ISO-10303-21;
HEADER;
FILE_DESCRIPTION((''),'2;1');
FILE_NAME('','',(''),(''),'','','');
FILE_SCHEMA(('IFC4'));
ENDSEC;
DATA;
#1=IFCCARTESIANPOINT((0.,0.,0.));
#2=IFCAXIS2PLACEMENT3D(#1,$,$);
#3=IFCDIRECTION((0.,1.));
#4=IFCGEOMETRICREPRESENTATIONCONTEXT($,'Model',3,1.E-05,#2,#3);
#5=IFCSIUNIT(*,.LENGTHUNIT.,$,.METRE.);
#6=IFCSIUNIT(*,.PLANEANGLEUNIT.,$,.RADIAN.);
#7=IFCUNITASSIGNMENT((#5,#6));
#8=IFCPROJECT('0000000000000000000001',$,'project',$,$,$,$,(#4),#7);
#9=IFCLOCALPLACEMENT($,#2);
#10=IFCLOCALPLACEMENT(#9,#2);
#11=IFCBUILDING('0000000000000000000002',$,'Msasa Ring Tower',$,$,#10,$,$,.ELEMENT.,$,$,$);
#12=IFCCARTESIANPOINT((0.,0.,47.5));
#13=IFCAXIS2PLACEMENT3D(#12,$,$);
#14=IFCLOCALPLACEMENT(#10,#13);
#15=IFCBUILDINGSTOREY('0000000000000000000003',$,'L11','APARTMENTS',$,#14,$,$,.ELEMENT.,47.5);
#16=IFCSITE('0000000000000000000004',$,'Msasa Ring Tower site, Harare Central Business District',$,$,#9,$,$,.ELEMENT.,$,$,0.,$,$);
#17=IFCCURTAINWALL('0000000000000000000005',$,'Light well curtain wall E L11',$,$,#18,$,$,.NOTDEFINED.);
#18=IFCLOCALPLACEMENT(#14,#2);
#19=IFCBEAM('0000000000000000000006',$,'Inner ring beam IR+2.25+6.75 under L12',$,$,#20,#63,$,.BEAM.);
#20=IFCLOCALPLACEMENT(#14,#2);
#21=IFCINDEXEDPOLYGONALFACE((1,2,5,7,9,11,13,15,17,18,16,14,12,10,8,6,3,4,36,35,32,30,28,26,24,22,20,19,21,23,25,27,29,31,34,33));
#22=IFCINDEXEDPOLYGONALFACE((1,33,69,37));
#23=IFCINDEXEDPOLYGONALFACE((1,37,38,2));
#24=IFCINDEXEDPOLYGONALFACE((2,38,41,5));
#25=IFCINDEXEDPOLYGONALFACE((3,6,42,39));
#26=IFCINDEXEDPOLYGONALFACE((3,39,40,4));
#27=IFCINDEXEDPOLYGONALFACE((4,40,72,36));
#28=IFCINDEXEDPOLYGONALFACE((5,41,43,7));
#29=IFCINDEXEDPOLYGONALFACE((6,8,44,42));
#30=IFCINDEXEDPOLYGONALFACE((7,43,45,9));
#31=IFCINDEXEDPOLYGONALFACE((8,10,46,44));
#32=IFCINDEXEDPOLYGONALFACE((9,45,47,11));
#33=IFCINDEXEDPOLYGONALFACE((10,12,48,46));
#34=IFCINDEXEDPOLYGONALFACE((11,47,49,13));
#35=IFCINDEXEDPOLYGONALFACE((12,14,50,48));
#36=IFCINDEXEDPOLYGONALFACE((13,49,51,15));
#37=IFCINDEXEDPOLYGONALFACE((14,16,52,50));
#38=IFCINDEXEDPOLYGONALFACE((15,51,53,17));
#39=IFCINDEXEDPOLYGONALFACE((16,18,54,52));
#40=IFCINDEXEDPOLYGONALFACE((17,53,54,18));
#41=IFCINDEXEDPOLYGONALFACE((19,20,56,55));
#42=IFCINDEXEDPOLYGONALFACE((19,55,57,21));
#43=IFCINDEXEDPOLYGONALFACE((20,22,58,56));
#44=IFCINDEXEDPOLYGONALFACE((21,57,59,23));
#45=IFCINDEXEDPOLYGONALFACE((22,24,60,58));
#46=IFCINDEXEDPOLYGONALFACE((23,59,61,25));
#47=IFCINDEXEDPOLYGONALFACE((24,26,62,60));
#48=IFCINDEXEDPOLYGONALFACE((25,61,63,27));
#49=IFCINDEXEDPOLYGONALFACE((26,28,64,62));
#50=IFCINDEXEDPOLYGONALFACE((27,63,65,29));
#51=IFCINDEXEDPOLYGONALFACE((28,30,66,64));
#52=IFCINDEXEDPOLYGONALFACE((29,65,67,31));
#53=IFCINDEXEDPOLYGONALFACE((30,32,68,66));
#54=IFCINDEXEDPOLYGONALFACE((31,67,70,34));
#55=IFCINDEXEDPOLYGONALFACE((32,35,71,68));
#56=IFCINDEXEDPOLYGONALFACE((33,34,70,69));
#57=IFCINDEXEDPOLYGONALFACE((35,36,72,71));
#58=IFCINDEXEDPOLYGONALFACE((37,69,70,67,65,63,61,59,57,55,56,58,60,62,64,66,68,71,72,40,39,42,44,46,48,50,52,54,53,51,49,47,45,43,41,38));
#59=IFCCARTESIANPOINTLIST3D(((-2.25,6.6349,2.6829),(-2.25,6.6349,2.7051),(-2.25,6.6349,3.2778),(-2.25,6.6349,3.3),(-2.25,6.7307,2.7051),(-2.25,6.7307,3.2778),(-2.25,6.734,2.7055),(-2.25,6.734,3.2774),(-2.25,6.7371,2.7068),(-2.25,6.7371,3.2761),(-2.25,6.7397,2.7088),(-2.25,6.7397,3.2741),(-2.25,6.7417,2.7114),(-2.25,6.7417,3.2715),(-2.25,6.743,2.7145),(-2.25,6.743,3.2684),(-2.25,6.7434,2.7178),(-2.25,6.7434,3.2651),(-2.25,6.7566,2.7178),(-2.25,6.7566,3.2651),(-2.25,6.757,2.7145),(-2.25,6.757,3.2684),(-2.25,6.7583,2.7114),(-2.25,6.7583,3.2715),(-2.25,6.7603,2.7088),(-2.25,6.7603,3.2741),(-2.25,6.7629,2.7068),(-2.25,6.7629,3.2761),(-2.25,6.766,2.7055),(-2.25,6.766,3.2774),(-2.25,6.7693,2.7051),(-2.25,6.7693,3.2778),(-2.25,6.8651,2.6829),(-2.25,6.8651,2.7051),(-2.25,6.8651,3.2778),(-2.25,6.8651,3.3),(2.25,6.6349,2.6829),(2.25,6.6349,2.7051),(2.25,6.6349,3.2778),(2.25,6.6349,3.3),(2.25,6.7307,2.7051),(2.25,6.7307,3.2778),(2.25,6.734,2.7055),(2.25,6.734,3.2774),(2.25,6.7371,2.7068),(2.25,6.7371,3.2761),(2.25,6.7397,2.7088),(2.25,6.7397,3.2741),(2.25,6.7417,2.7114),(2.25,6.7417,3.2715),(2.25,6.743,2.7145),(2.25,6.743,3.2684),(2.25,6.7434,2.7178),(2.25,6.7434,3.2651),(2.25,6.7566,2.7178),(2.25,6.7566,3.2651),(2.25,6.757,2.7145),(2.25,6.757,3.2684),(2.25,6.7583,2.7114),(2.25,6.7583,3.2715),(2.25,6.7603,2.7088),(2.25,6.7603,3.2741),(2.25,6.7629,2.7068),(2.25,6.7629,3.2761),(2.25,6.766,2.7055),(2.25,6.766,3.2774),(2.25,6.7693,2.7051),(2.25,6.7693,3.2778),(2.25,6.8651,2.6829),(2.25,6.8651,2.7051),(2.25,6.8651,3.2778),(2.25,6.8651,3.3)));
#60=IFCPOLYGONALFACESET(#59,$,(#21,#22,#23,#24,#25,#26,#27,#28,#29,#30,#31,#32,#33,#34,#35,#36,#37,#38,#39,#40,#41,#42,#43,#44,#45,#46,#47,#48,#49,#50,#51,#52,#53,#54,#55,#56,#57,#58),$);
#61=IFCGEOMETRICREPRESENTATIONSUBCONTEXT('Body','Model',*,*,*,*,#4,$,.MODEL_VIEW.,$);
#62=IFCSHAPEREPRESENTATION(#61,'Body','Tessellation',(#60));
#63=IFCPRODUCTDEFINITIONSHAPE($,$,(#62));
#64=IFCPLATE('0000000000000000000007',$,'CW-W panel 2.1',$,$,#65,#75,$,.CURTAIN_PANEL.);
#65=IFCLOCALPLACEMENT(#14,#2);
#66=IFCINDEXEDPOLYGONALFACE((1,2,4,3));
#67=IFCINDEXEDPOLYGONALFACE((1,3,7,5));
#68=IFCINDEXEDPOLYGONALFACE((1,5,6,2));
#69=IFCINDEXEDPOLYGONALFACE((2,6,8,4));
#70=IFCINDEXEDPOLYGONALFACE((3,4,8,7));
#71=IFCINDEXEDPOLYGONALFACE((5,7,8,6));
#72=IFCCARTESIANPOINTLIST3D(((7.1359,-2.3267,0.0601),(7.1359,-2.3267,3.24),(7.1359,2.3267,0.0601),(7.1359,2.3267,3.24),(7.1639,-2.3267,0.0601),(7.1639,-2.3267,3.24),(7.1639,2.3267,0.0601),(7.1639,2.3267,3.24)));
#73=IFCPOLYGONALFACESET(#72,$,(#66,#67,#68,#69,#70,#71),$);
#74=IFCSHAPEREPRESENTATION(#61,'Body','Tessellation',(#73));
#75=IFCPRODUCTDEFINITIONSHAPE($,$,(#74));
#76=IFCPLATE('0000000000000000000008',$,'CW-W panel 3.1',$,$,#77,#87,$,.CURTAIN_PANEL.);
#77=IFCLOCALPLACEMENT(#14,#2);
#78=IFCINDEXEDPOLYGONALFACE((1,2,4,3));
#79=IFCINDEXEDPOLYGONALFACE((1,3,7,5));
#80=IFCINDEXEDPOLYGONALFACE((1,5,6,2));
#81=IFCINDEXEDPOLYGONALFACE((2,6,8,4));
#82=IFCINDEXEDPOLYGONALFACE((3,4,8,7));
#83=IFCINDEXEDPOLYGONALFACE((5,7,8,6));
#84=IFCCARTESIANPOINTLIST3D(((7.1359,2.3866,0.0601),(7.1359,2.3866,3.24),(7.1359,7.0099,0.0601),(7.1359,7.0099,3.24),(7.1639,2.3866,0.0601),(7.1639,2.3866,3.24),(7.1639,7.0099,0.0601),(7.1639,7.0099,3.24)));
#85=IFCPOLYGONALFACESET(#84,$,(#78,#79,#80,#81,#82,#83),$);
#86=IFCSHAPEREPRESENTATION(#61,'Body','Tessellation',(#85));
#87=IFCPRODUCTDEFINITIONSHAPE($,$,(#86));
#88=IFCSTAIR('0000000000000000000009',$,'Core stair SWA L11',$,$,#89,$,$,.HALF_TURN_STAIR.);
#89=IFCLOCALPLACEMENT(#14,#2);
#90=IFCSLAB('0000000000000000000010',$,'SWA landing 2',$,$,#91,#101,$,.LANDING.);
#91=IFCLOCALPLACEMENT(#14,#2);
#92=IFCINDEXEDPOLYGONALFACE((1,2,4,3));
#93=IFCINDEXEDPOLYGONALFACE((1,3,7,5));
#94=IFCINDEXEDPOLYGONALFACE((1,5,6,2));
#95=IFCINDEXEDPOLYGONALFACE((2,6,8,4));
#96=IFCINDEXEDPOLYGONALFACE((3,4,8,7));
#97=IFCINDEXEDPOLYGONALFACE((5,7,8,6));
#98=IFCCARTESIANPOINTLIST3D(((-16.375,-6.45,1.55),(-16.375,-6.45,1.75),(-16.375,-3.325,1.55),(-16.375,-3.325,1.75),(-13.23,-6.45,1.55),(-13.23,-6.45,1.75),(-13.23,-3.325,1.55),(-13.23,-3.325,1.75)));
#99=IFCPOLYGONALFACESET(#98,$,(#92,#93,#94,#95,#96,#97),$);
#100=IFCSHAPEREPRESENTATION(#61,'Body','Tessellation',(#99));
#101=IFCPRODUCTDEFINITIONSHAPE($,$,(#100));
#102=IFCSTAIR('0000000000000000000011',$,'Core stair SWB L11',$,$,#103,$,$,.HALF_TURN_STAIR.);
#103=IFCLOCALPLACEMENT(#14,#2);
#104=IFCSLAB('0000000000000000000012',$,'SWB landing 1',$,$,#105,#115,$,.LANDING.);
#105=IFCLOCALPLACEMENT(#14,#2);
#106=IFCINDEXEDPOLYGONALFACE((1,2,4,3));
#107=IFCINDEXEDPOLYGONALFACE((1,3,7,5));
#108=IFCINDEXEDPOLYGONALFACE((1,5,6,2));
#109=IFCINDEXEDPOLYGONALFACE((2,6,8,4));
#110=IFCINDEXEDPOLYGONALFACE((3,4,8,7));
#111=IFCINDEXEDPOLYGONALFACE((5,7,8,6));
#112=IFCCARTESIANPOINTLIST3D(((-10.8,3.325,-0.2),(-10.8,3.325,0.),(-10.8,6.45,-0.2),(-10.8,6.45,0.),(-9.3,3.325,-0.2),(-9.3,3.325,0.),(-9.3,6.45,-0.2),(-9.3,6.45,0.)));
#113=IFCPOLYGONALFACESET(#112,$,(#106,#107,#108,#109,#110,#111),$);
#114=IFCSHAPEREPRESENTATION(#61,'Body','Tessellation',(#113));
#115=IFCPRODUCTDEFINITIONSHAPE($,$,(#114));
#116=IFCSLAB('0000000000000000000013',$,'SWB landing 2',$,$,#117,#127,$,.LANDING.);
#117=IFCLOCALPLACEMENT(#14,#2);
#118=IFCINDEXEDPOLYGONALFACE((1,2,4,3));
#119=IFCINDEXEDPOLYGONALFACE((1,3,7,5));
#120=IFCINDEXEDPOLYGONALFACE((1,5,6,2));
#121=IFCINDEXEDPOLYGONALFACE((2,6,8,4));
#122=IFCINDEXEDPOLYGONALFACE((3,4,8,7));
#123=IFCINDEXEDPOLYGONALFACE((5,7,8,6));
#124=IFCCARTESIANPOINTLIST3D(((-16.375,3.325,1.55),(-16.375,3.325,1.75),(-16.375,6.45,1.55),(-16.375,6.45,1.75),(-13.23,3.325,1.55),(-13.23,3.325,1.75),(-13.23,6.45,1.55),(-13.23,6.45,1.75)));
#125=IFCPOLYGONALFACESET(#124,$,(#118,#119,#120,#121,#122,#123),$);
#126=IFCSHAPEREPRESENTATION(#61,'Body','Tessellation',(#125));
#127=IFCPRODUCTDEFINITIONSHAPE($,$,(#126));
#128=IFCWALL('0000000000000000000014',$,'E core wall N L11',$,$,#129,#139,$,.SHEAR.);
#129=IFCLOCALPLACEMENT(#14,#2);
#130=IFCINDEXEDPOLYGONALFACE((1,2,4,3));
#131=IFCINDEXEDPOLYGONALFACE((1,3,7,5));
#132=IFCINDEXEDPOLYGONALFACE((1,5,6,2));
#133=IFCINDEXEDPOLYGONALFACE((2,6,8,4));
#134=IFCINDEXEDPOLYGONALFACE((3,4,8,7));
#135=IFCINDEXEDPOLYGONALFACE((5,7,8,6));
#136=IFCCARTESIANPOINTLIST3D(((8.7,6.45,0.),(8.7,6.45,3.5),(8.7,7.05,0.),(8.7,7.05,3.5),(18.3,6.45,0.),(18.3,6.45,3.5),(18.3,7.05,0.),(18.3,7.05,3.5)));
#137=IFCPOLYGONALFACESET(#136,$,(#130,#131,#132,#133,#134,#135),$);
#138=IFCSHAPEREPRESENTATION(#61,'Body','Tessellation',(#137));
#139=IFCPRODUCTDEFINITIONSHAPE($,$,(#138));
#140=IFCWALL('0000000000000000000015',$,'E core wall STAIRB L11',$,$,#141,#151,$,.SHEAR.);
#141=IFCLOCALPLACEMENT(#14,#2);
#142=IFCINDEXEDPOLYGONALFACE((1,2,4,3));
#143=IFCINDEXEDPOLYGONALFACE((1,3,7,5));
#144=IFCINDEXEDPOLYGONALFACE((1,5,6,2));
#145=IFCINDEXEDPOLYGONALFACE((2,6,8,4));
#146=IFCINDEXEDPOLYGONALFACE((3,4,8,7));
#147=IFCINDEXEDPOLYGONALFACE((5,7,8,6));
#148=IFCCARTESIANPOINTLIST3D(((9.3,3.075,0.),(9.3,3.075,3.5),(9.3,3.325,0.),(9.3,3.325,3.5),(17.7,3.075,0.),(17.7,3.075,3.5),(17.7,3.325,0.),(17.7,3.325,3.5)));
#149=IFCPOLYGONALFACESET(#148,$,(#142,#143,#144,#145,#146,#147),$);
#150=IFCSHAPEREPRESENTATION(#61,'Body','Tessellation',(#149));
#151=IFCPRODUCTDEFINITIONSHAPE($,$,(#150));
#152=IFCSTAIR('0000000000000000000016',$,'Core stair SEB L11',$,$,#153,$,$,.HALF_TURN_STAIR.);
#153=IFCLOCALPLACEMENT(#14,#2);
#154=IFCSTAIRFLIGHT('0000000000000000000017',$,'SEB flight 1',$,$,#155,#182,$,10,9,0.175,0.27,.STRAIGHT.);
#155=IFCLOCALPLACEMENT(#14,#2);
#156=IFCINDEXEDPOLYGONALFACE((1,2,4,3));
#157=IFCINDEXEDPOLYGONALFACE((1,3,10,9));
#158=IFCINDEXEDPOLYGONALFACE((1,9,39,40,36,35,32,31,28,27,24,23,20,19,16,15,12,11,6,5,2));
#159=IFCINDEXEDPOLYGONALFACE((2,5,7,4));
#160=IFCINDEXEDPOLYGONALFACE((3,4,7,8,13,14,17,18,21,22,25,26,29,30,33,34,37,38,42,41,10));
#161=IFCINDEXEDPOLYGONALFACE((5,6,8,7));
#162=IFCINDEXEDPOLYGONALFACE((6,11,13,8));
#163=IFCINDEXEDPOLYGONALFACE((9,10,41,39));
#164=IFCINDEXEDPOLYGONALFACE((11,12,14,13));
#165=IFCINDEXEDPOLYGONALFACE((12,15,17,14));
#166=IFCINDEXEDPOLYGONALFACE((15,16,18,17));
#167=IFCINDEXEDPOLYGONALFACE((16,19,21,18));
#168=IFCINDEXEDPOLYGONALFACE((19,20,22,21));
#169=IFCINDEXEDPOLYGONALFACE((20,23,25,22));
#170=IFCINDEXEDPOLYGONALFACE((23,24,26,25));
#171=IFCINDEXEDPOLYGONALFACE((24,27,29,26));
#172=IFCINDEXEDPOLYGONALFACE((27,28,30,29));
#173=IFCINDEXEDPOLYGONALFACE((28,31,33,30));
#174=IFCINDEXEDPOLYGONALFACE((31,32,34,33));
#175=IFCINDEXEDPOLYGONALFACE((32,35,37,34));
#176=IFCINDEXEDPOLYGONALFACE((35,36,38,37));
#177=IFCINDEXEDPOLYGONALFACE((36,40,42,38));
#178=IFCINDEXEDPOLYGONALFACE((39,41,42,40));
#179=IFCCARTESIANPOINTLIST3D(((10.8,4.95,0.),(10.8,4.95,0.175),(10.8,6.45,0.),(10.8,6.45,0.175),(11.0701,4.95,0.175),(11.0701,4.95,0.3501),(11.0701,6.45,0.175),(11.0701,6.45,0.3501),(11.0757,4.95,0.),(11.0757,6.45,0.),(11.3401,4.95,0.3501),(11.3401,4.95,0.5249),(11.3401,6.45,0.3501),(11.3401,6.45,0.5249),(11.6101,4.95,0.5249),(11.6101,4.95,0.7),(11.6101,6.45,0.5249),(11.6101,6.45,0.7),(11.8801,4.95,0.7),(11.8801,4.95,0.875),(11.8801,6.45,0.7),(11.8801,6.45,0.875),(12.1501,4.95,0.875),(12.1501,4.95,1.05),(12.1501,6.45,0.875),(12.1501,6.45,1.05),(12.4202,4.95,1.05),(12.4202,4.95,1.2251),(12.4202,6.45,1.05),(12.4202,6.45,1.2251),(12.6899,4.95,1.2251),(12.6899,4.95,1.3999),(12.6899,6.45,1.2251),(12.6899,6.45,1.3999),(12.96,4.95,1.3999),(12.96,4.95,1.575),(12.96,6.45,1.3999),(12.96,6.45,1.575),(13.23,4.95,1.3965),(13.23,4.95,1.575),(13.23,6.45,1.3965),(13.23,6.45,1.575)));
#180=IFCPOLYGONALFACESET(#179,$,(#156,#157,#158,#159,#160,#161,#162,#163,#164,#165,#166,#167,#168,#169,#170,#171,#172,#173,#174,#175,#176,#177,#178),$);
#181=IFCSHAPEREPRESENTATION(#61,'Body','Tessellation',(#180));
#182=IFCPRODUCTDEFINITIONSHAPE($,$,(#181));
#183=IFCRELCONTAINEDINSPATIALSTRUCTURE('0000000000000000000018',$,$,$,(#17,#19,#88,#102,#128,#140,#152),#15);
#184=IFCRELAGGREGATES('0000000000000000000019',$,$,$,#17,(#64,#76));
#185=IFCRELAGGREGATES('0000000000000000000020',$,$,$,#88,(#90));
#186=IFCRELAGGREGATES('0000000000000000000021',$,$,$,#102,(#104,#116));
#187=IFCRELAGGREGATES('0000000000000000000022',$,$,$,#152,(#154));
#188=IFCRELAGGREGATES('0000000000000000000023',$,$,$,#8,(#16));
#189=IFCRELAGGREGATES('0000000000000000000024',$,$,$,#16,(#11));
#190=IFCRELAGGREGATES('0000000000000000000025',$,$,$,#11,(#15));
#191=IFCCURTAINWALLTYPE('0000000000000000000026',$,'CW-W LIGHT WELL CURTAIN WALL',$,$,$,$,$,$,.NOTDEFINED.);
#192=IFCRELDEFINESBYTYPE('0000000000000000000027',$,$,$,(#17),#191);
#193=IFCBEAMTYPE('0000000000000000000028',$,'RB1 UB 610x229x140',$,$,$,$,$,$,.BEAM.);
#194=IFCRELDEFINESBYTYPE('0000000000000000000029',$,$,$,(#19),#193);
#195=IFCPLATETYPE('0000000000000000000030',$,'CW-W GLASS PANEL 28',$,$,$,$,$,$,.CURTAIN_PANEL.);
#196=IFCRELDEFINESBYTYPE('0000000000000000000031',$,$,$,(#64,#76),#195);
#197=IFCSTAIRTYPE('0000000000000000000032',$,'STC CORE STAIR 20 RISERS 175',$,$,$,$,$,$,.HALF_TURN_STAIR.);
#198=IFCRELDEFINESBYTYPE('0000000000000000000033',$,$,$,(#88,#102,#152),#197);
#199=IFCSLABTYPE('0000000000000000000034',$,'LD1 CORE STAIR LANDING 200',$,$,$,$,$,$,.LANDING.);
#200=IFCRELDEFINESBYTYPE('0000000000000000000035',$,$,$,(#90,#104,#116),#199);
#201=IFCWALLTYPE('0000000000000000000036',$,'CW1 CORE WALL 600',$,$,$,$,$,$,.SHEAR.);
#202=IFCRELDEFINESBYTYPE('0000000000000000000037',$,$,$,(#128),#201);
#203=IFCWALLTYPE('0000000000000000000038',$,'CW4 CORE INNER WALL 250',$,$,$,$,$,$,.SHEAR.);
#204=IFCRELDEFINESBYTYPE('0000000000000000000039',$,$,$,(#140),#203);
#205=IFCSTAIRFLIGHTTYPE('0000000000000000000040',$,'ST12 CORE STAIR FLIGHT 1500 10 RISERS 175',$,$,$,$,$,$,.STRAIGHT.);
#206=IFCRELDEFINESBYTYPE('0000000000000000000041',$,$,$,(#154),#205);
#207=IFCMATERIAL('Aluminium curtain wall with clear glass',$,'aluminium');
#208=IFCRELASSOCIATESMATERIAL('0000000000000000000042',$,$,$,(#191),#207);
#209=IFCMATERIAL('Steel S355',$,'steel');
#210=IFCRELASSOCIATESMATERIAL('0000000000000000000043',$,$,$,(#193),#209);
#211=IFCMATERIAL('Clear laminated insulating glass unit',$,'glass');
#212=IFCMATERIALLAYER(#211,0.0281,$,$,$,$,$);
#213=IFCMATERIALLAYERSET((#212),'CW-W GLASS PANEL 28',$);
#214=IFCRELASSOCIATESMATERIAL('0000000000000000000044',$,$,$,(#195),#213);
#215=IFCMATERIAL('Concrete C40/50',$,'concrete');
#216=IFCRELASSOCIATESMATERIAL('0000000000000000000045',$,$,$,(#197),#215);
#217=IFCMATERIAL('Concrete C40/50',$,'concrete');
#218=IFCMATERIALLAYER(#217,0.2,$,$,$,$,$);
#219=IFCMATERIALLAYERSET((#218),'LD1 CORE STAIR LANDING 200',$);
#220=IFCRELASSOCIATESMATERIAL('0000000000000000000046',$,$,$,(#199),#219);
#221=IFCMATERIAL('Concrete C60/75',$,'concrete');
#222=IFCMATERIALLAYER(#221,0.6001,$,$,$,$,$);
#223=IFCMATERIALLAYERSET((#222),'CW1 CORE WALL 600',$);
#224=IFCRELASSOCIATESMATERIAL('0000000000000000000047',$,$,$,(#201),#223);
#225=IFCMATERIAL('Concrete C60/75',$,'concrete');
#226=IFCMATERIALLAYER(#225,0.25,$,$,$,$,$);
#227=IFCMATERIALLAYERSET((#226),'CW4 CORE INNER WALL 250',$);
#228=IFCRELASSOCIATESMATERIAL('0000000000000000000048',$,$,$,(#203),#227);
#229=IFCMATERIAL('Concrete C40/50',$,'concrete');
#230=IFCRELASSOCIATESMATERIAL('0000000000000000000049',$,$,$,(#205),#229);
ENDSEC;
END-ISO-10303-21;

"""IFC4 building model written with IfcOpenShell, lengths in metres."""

from ifc_helpers import new_model, si_unit, direction, frame, frame_2d, origin, origin_2d, place, context, subcontext, project, spatial, polyline, rectangle, i_section, outline, extrude, material, layer, layer_set, material_profile, profile_set, type_object, element, aggregate, save


model = new_model("IFC4")

# Units and contexts
model_context = context("Model", 3, precision=1e-05, world=origin(), true_north=direction((0.0, 1.0)))
body_context = subcontext(model_context, "Body", "Model", "MODEL_VIEW")
ifc_project = project(units=[si_unit("LENGTHUNIT", "METRE"), si_unit("PLANEANGLEUNIT", "RADIAN")], contexts=[model_context])

# Site, building, storey
site_placement = place(None, origin())
site = spatial("IfcSite", under=ifc_project, at=site_placement, Name="Msasa Ring Tower site, Harare Central Business District", CompositionType="ELEMENT", RefElevation=0.0)
building_placement = place(site_placement, origin())
building = spatial("IfcBuilding", under=site, at=building_placement, Name="Msasa Ring Tower", CompositionType="ELEMENT")
storey_placement = place(building_placement, frame((0.0, 0.0, 47.5)))
storey = spatial("IfcBuildingStorey", under=building, at=storey_placement, Name="L11", Description="APARTMENTS", CompositionType="ELEMENT", Elevation=47.5)

# Curtain wall
ifc_material_1 = material(Name="Aluminium curtain wall with clear glass", Category="aluminium")
curtain_wall_type = type_object("IfcCurtainWallType", Name="CW-W LIGHT WELL CURTAIN WALL", PredefinedType="NOTDEFINED", material=ifc_material_1)
curtain_wall_placement = place(storey_placement, origin())
curtain_wall = element("IfcCurtainWall", 1, at=curtain_wall_placement, inside=storey, type_object=curtain_wall_type, Name="Light well curtain wall E L11", PredefinedType="NOTDEFINED")

# Beam
ifc_material_2 = material(Name="Steel S355", Category="steel")
ifc_material_profile_1 = material_profile(ifc_material_2, i_section(OverallWidth=0.2302, OverallDepth=0.6172, WebThickness=0.0132, FlangeThickness=0.0222, FilletRadius=0.0127, at=origin_2d()), Name="UB 610x229x140")
ifc_profile_set_1 = profile_set([ifc_material_profile_1], Name="Steel S355")
beam_type = type_object("IfcBeamType", Name="RB1 UB 610x229x140", PredefinedType="BEAM", material=ifc_profile_set_1)
for number, where, z_axis, x_axis, name in (
    (2, (2.25, 6.75, 2.9915), (-1.0, 0.0, 0.0), (0.0, -1.0, 0.0), "Inner ring beam IR+2.25+6.75 under L12"),
):
    element("IfcBeam", number, at=place(storey_placement, frame(where, z_axis=z_axis, x_axis=x_axis)), inside=storey, type_object=beam_type, Name=name, PredefinedType="BEAM", context=body_context, shape_type="SweptSolid", body=[
        extrude(i_section(OverallWidth=0.2302, OverallDepth=0.6172, WebThickness=0.0132, FlangeThickness=0.0222, FilletRadius=0.0127, at=origin_2d()), origin(), (0.0, 0.0, 1.0), 4.5),
    ])

# Plates
ifc_material_3 = material(Name="Clear laminated insulating glass unit", Category="glass")
ifc_layer_1 = layer(ifc_material_3, 0.0281)
ifc_layer_set_1 = layer_set([ifc_layer_1], Name="CW-W GLASS PANEL 28")
plate_type = type_object("IfcPlateType", Name="CW-W GLASS PANEL 28", PredefinedType="CURTAIN_PANEL", material=ifc_layer_set_1)
plate_1_placement = place(storey_placement, frame((7.1499, 0.0, 0.0601), z_axis=(0.0, 0.0, 1.0), x_axis=(0.0, 1.0, 0.0)))
plate_1 = element("IfcPlate", 3, at=plate_1_placement, type_object=plate_type, Name="CW-W panel 2.1", PredefinedType="CURTAIN_PANEL", context=body_context, shape_type="SweptSolid", body=[
    extrude(rectangle(XDim=4.6533, YDim=0.0281, at=origin_2d()), origin(), (0.0, 0.0, 1.0), 3.1799),
])
plate_2_placement = place(storey_placement, frame((7.1499, 4.6982, 0.0601), z_axis=(0.0, 0.0, 1.0), x_axis=(0.0, 1.0, 0.0)))
plate_2 = element("IfcPlate", 4, at=plate_2_placement, type_object=plate_type, Name="CW-W panel 3.1", PredefinedType="CURTAIN_PANEL", context=body_context, shape_type="SweptSolid", body=[
    extrude(rectangle(XDim=4.6233, YDim=0.0281, at=origin_2d()), origin(), (0.0, 0.0, 1.0), 3.1799),
])
aggregate(curtain_wall, [plate_1, plate_2])

# Stair, slab
ifc_material_4 = material(Name="Concrete C40/50", Category="concrete")
stair_type = type_object("IfcStairType", Name="STC CORE STAIR 20 RISERS 175", PredefinedType="HALF_TURN_STAIR", material=ifc_material_4)
stair_1_placement = place(storey_placement, origin())
stair_1 = element("IfcStair", 5, at=stair_1_placement, inside=storey, type_object=stair_type, Name="Core stair SWA L11", PredefinedType="HALF_TURN_STAIR")
ifc_material_5 = material(Name="Concrete C40/50", Category="concrete")
ifc_layer_2 = layer(ifc_material_5, 0.2)
ifc_layer_set_2 = layer_set([ifc_layer_2], Name="LD1 CORE STAIR LANDING 200")
slab_type = type_object("IfcSlabType", Name="LD1 CORE STAIR LANDING 200", PredefinedType="LANDING", material=ifc_layer_set_2)
slab_1_placement = place(storey_placement, frame((0.0, 0.0, 1.55)))
slab_1 = element("IfcSlab", 6, at=slab_1_placement, type_object=slab_type, Name="SWA landing 2", PredefinedType="LANDING", context=body_context, shape_type="SweptSolid", body=[
    extrude(outline(polyline([(-16.375, -6.45), (-13.23, -6.45), (-13.23, -3.325), (-16.375, -3.325), (-16.375, -6.45)])), origin(), (0.0, 0.0, 1.0), 0.2),
])
aggregate(stair_1, [slab_1])

# Stair, slabs
stair_2_placement = place(storey_placement, origin())
stair_2 = element("IfcStair", 7, at=stair_2_placement, inside=storey, type_object=stair_type, Name="Core stair SWB L11", PredefinedType="HALF_TURN_STAIR")
slab_2_placement = place(storey_placement, frame((0.0, 0.0, -0.2)))
slab_2 = element("IfcSlab", 8, at=slab_2_placement, type_object=slab_type, Name="SWB landing 1", PredefinedType="LANDING", context=body_context, shape_type="SweptSolid", body=[
    extrude(outline(polyline([(-10.8, 3.325), (-9.3, 3.325), (-9.3, 6.45), (-10.8, 6.45), (-10.8, 3.325)])), origin(), (0.0, 0.0, 1.0), 0.2),
])
slab_3_placement = place(storey_placement, frame((0.0, 0.0, 1.55)))
slab_3 = element("IfcSlab", 9, at=slab_3_placement, type_object=slab_type, Name="SWB landing 2", PredefinedType="LANDING", context=body_context, shape_type="SweptSolid", body=[
    extrude(outline(polyline([(-16.375, 3.325), (-13.23, 3.325), (-13.23, 6.45), (-16.375, 6.45), (-16.375, 3.325)])), origin(), (0.0, 0.0, 1.0), 0.2),
])
aggregate(stair_2, [slab_2, slab_3])

# Walls
ifc_material_6 = material(Name="Concrete C60/75", Category="concrete")
ifc_layer_3 = layer(ifc_material_6, 0.6001)
ifc_layer_set_3 = layer_set([ifc_layer_3], Name="CW1 CORE WALL 600")
wall_type_1 = type_object("IfcWallType", Name="CW1 CORE WALL 600", PredefinedType="SHEAR", material=ifc_layer_set_3)
wall_1_placement = place(storey_placement, frame((8.7, 6.75, 0.0), z_axis=(0.0, 0.0, 1.0), x_axis=(1.0, 0.0, 0.0)))
element("IfcWall", 10, at=wall_1_placement, inside=storey, type_object=wall_type_1, Name="E core wall N L11", PredefinedType="SHEAR", context=body_context, shape_type="SweptSolid", body=[
    extrude(rectangle(XDim=9.6001, YDim=0.6001, at=frame_2d((4.8, 0.0))), origin(), (0.0, 0.0, 1.0), 3.5),
])
ifc_material_7 = material(Name="Concrete C60/75", Category="concrete")
ifc_layer_4 = layer(ifc_material_7, 0.25)
ifc_layer_set_4 = layer_set([ifc_layer_4], Name="CW4 CORE INNER WALL 250")
wall_type_2 = type_object("IfcWallType", Name="CW4 CORE INNER WALL 250", PredefinedType="SHEAR", material=ifc_layer_set_4)
wall_2_placement = place(storey_placement, frame((9.3, 3.2, 0.0), z_axis=(0.0, 0.0, 1.0), x_axis=(1.0, 0.0, 0.0)))
element("IfcWall", 11, at=wall_2_placement, inside=storey, type_object=wall_type_2, Name="E core wall STAIRB L11", PredefinedType="SHEAR", context=body_context, shape_type="SweptSolid", body=[
    extrude(rectangle(XDim=8.3999, YDim=0.25, at=frame_2d((4.2, 0.0))), origin(), (0.0, 0.0, 1.0), 3.5),
])

# Stair, stair flight
stair_3_placement = place(storey_placement, origin())
stair_3 = element("IfcStair", 12, at=stair_3_placement, inside=storey, type_object=stair_type, Name="Core stair SEB L11", PredefinedType="HALF_TURN_STAIR")
ifc_material_8 = material(Name="Concrete C40/50", Category="concrete")
stair_flight_type = type_object("IfcStairFlightType", Name="ST12 CORE STAIR FLIGHT 1500 10 RISERS 175", PredefinedType="STRAIGHT", material=ifc_material_8)
stair_flight_placement = place(storey_placement, frame((10.8, 5.7, 0.0), z_axis=(0.0, 0.0, 1.0), x_axis=(1.0, 0.0, 0.0)))
stair_flight = element("IfcStairFlight", 13, at=stair_flight_placement, type_object=stair_flight_type, Name="SEB flight 1", NumberOfRisers=10, NumberOfTreads=9, PredefinedType="STRAIGHT", RiserHeight=0.175, TreadLength=0.27, context=body_context, shape_type="SweptSolid", body=[
    extrude(outline(polyline([(0.0, 0.0), (0.0, 0.175), (0.27, 0.175), (0.27, 0.3501), (0.54, 0.3501), (0.54, 0.5249), (0.8101, 0.5249), (0.8101, 0.7), (1.0801, 0.7), (1.0801, 0.875), (1.3501, 0.875), (1.3501, 1.05), (1.6201, 1.05), (1.6201, 1.2251), (1.8899, 1.2251), (1.8899, 1.3999), (2.1599, 1.3999), (2.1599, 1.575), (2.4299, 1.575), (2.4299, 1.75), (2.4299, 1.3965), (0.2756, 0.0), (0.0, 0.0)])), frame((0.0, 0.75, 0.0), z_axis=(0.0, -1.0, 0.0), x_axis=(1.0, 0.0, 0.0)), (0.0, 0.0, 1.0), 1.5),
])
aggregate(stair_3, [stair_flight])

save(model, "model.ifc")
